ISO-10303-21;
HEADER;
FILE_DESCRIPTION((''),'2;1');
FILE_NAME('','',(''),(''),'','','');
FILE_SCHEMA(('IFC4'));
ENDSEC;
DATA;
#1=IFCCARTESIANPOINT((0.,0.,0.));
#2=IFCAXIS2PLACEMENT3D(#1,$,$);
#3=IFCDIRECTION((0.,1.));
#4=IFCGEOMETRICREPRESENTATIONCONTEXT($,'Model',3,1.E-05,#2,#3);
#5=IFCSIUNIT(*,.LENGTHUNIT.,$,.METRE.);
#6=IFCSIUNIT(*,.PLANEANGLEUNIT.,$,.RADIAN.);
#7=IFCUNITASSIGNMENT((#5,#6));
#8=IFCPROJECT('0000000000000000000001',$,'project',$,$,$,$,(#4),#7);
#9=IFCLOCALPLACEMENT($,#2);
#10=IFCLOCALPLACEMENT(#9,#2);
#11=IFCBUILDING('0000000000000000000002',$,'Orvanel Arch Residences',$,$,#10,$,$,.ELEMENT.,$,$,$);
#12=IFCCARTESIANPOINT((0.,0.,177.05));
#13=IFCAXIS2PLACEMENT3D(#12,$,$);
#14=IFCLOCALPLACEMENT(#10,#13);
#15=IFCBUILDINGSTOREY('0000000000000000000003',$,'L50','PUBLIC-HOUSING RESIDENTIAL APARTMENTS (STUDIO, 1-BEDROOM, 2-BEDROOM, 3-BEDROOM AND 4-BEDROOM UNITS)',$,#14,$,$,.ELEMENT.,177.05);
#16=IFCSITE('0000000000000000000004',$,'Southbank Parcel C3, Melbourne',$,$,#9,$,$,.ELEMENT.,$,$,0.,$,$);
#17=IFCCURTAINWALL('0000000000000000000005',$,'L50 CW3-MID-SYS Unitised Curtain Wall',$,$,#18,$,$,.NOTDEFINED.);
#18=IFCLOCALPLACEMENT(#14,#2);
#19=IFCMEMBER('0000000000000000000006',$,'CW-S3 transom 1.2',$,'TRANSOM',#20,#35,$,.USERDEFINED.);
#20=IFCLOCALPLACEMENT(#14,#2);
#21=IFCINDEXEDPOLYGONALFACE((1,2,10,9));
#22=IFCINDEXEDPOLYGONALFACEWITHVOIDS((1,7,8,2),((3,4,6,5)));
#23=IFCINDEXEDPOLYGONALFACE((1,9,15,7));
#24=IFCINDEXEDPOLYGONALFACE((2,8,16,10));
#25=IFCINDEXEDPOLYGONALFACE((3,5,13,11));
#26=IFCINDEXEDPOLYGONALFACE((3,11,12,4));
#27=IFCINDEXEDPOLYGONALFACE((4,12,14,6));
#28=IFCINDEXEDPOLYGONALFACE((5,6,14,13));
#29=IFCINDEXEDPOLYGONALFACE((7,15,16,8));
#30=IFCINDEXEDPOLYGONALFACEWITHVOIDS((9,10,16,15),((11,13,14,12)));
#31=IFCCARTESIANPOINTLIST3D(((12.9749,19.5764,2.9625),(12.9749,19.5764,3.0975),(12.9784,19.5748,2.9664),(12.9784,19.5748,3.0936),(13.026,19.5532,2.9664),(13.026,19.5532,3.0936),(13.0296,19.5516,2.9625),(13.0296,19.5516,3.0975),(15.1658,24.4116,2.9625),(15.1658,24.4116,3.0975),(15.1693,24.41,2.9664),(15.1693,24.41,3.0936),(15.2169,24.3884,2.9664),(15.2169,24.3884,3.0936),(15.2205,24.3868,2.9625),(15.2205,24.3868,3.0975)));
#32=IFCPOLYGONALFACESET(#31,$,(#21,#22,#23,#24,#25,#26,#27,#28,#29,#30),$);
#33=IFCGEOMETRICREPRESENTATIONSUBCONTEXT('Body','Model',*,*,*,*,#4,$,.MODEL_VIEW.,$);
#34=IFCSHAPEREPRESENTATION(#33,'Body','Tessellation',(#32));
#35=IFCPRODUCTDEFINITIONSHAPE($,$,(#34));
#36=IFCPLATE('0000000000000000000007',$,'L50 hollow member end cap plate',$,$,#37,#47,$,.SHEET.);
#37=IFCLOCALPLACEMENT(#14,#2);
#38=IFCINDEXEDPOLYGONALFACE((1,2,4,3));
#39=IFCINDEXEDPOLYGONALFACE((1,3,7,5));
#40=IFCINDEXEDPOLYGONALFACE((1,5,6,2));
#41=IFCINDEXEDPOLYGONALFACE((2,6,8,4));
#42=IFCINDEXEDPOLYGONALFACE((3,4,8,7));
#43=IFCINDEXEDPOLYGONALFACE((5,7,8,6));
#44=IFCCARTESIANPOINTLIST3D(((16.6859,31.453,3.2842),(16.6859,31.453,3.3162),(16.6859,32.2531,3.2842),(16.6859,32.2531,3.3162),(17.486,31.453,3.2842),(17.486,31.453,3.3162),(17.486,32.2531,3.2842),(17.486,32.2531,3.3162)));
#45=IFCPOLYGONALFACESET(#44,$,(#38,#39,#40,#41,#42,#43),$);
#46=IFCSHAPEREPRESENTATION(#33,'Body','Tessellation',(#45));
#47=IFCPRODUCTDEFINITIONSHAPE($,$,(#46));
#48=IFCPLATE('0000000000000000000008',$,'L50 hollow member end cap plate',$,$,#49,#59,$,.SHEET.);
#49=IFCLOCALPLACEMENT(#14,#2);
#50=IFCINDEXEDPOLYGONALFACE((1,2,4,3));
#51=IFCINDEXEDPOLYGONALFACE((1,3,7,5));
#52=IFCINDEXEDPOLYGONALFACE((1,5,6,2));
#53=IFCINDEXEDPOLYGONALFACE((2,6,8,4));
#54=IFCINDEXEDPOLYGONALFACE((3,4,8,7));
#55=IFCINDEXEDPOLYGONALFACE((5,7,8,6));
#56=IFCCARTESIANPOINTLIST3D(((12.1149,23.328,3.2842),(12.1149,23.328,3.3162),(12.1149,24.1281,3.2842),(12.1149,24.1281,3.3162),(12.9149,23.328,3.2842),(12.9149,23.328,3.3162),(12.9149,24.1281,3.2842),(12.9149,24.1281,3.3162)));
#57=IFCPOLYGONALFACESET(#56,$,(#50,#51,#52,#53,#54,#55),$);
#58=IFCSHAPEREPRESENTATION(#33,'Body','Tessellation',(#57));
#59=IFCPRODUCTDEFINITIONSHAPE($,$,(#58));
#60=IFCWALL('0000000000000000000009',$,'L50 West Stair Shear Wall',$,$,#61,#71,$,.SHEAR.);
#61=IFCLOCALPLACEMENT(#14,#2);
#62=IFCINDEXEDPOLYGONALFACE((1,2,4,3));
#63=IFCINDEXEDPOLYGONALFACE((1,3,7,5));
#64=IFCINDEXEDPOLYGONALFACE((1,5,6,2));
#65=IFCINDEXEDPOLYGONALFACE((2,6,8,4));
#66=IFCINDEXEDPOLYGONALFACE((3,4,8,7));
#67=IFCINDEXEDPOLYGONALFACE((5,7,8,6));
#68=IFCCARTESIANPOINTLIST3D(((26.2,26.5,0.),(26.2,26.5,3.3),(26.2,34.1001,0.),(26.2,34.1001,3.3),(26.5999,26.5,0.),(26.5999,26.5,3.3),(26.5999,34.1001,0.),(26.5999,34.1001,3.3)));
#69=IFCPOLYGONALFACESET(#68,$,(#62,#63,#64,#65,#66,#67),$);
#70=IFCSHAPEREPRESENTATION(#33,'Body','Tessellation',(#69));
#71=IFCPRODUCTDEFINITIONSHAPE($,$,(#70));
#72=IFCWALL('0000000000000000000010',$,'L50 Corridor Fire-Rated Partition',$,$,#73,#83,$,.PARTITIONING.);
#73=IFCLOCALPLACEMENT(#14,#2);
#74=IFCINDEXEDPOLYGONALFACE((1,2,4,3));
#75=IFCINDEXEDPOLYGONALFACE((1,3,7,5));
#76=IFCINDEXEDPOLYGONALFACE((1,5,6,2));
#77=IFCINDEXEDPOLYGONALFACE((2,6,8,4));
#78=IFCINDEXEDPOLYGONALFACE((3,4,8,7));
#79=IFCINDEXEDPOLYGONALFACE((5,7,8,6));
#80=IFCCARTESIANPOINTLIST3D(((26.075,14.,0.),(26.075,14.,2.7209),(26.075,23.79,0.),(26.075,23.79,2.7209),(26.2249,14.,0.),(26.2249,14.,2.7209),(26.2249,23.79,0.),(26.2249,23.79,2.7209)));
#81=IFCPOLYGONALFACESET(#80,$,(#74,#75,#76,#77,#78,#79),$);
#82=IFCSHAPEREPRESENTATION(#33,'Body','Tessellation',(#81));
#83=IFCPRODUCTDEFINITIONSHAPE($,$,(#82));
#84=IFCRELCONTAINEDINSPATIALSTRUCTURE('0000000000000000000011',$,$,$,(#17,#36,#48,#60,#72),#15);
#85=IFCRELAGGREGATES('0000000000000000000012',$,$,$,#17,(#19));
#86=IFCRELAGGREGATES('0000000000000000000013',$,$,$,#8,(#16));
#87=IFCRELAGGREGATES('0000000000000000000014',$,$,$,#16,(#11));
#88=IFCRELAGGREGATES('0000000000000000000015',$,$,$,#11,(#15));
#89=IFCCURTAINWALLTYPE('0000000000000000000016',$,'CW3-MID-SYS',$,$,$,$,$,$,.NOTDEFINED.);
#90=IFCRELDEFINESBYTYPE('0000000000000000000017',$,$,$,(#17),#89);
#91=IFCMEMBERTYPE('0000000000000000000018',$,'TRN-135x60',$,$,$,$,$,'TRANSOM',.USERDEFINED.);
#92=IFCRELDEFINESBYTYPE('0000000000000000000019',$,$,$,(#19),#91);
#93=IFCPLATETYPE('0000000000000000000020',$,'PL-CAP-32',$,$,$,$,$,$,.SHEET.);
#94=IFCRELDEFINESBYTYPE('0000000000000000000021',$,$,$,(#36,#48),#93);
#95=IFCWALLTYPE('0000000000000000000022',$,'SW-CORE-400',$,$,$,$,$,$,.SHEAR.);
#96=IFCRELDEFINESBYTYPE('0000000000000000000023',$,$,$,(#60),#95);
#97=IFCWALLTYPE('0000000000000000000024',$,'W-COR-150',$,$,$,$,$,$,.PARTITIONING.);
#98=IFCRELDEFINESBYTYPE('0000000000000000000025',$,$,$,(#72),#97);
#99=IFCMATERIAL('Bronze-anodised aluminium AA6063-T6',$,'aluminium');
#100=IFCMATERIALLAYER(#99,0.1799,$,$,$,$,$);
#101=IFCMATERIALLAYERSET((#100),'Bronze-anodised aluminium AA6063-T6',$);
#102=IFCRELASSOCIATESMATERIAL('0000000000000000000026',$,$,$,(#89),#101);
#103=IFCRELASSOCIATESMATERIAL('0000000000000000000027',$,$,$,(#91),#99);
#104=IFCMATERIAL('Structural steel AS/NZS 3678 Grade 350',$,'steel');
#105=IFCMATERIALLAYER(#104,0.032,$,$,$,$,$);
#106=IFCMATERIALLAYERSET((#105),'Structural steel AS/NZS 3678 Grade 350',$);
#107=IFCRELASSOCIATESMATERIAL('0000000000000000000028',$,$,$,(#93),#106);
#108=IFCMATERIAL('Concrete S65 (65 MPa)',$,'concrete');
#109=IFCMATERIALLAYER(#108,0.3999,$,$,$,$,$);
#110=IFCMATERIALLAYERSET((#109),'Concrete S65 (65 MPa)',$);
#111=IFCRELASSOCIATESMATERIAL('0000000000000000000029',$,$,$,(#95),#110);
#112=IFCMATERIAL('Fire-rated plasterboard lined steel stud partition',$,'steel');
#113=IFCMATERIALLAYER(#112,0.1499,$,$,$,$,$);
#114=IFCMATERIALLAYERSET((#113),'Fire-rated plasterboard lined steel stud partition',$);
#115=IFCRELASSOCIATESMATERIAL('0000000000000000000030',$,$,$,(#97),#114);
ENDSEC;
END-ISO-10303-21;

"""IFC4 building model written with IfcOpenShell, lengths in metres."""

from ifc_helpers import new_model, si_unit, direction, frame, frame_2d, origin, origin_2d, place, context, subcontext, project, spatial, rectangle, hollow_rectangle, extrude, material, layer, layer_set, material_profile, profile_set, type_object, element, aggregate, save


model = new_model("IFC4")

# Units and contexts
model_context = context("Model", 3, precision=1e-05, world=origin(), true_north=direction((0.0, 1.0)))
body_context = subcontext(model_context, "Body", "Model", "MODEL_VIEW")
ifc_project = project(units=[si_unit("LENGTHUNIT", "METRE"), si_unit("PLANEANGLEUNIT", "RADIAN")], contexts=[model_context])

# Site, building, storey
site_placement = place(None, origin())
site = spatial("IfcSite", under=ifc_project, at=site_placement, Name="Southbank Parcel C3, Melbourne", CompositionType="ELEMENT", RefElevation=0.0)
building_placement = place(site_placement, origin())
building = spatial("IfcBuilding", under=site, at=building_placement, Name="Orvanel Arch Residences", CompositionType="ELEMENT")
storey_placement = place(building_placement, frame((0.0, 0.0, 177.05)))
storey = spatial("IfcBuildingStorey", under=building, at=storey_placement, Name="L50", Description="PUBLIC-HOUSING RESIDENTIAL APARTMENTS (STUDIO, 1-BEDROOM, 2-BEDROOM, 3-BEDROOM AND 4-BEDROOM UNITS)", CompositionType="ELEMENT", Elevation=177.05)

# Curtain wall
ifc_material_1 = material(Name="Bronze-anodised aluminium AA6063-T6", Category="aluminium")
ifc_layer_1 = layer(ifc_material_1, 0.1799)
ifc_layer_set_1 = layer_set([ifc_layer_1], Name="Bronze-anodised aluminium AA6063-T6")
curtain_wall_type = type_object("IfcCurtainWallType", Name="CW3-MID-SYS", PredefinedType="NOTDEFINED", material=ifc_layer_set_1)
curtain_wall_placement = place(storey_placement, origin())
curtain_wall = element("IfcCurtainWall", 1, at=curtain_wall_placement, inside=storey, type_object=curtain_wall_type, Name="L50 CW3-MID-SYS Unitised Curtain Wall", PredefinedType="NOTDEFINED")

# Member
ifc_material_profile_1 = material_profile(ifc_material_1, hollow_rectangle(XDim=0.0601, YDim=0.135, WallThickness=0.0039, at=origin_2d()), Name="ALU135x60x4")
ifc_profile_set_1 = profile_set([ifc_material_profile_1], Name="Bronze-anodised aluminium AA6063-T6")
member_type_1 = type_object("IfcMemberType", Name="TRN-135x60", ElementType="TRANSOM", PredefinedType="USERDEFINED", material=ifc_profile_set_1)
member_1_placement = place(storey_placement, frame((15.1931, 24.3992, 3.03), z_axis=(-0.412725, -0.910856, 0.0), x_axis=(0.910856, -0.412725, 0.0)))
member_1 = element("IfcMember", 2, at=member_1_placement, type_object=member_type_1, Name="CW-S3 transom 1.2", ObjectType="TRANSOM", PredefinedType="USERDEFINED", context=body_context, shape_type="SweptSolid", body=[
    extrude(hollow_rectangle(XDim=0.0601, YDim=0.135, WallThickness=0.0039, at=origin_2d()), origin(), (0.0, 0.0, 1.0), 5.3083),
])
aggregate(curtain_wall, [member_1])

# Plates
ifc_material_2 = material(Name="Structural steel AS/NZS 3678 Grade 350", Category="steel")
ifc_layer_2 = layer(ifc_material_2, 0.032)
ifc_layer_set_2 = layer_set([ifc_layer_2], Name="Structural steel AS/NZS 3678 Grade 350")
plate_type = type_object("IfcPlateType", Name="PL-CAP-32", PredefinedType="SHEET", material=ifc_layer_set_2)
for number, where, z_axis, x_axis, name in (
    (3, (17.0859, 31.853, 3.2842), (0.0, 0.0, 1.0), (1.0, 0.0, 0.0), "L50 hollow member end cap plate"),
    (4, (12.5149, 23.728, 3.2842), (0.0, 0.0, 1.0), (1.0, 0.0, 0.0), "L50 hollow member end cap plate"),
):
    element("IfcPlate", number, at=place(storey_placement, frame(where, z_axis=z_axis, x_axis=x_axis)), inside=storey, type_object=plate_type, Name=name, PredefinedType="SHEET", context=body_context, shape_type="SweptSolid", body=[
        extrude(rectangle(XDim=0.8, YDim=0.8, at=origin_2d()), origin(), (0.0, 0.0, 1.0), 0.032),
    ])

# Shared definitions
ifc_material_3 = material(Name="Concrete S65 (65 MPa)", Category="concrete")
ifc_layer_3 = layer(ifc_material_3, 0.3999)
ifc_layer_set_3 = layer_set([ifc_layer_3], Name="Concrete S65 (65 MPa)")
wall_type_1 = type_object("IfcWallType", Name="SW-CORE-400", PredefinedType="SHEAR", material=ifc_layer_set_3)

# Walls
wall_1_placement = place(storey_placement, frame((26.3999, 26.5, 0.0), z_axis=(0.0, 0.0, 1.0), x_axis=(0.0, 1.0, 0.0)))
element("IfcWall", 5, at=wall_1_placement, inside=storey, type_object=wall_type_1, Name="L50 West Stair Shear Wall", PredefinedType="SHEAR", context=body_context, shape_type="SweptSolid", body=[
    extrude(rectangle(XDim=7.6001, YDim=0.3999, at=frame_2d((3.8, 0.0))), origin(), (0.0, 0.0, 1.0), 3.3),
])
ifc_material_4 = material(Name="Fire-rated plasterboard lined steel stud partition", Category="steel")
ifc_layer_4 = layer(ifc_material_4, 0.1499)
ifc_layer_set_4 = layer_set([ifc_layer_4], Name="Fire-rated plasterboard lined steel stud partition")
wall_type_2 = type_object("IfcWallType", Name="W-COR-150", PredefinedType="PARTITIONING", material=ifc_layer_set_4)
wall_2_placement = place(storey_placement, frame((26.1499, 23.79, 0.0), z_axis=(0.0, 0.0, 1.0), x_axis=(0.0, -1.0, 0.0)))
element("IfcWall", 6, at=wall_2_placement, inside=storey, type_object=wall_type_2, Name="L50 Corridor Fire-Rated Partition", PredefinedType="PARTITIONING", context=body_context, shape_type="SweptSolid", body=[
    extrude(rectangle(XDim=9.79, YDim=0.1499, at=frame_2d((4.895, 0.0))), origin(), (0.0, 0.0, 1.0), 2.7209),
])

save(model, "model.ifc")
